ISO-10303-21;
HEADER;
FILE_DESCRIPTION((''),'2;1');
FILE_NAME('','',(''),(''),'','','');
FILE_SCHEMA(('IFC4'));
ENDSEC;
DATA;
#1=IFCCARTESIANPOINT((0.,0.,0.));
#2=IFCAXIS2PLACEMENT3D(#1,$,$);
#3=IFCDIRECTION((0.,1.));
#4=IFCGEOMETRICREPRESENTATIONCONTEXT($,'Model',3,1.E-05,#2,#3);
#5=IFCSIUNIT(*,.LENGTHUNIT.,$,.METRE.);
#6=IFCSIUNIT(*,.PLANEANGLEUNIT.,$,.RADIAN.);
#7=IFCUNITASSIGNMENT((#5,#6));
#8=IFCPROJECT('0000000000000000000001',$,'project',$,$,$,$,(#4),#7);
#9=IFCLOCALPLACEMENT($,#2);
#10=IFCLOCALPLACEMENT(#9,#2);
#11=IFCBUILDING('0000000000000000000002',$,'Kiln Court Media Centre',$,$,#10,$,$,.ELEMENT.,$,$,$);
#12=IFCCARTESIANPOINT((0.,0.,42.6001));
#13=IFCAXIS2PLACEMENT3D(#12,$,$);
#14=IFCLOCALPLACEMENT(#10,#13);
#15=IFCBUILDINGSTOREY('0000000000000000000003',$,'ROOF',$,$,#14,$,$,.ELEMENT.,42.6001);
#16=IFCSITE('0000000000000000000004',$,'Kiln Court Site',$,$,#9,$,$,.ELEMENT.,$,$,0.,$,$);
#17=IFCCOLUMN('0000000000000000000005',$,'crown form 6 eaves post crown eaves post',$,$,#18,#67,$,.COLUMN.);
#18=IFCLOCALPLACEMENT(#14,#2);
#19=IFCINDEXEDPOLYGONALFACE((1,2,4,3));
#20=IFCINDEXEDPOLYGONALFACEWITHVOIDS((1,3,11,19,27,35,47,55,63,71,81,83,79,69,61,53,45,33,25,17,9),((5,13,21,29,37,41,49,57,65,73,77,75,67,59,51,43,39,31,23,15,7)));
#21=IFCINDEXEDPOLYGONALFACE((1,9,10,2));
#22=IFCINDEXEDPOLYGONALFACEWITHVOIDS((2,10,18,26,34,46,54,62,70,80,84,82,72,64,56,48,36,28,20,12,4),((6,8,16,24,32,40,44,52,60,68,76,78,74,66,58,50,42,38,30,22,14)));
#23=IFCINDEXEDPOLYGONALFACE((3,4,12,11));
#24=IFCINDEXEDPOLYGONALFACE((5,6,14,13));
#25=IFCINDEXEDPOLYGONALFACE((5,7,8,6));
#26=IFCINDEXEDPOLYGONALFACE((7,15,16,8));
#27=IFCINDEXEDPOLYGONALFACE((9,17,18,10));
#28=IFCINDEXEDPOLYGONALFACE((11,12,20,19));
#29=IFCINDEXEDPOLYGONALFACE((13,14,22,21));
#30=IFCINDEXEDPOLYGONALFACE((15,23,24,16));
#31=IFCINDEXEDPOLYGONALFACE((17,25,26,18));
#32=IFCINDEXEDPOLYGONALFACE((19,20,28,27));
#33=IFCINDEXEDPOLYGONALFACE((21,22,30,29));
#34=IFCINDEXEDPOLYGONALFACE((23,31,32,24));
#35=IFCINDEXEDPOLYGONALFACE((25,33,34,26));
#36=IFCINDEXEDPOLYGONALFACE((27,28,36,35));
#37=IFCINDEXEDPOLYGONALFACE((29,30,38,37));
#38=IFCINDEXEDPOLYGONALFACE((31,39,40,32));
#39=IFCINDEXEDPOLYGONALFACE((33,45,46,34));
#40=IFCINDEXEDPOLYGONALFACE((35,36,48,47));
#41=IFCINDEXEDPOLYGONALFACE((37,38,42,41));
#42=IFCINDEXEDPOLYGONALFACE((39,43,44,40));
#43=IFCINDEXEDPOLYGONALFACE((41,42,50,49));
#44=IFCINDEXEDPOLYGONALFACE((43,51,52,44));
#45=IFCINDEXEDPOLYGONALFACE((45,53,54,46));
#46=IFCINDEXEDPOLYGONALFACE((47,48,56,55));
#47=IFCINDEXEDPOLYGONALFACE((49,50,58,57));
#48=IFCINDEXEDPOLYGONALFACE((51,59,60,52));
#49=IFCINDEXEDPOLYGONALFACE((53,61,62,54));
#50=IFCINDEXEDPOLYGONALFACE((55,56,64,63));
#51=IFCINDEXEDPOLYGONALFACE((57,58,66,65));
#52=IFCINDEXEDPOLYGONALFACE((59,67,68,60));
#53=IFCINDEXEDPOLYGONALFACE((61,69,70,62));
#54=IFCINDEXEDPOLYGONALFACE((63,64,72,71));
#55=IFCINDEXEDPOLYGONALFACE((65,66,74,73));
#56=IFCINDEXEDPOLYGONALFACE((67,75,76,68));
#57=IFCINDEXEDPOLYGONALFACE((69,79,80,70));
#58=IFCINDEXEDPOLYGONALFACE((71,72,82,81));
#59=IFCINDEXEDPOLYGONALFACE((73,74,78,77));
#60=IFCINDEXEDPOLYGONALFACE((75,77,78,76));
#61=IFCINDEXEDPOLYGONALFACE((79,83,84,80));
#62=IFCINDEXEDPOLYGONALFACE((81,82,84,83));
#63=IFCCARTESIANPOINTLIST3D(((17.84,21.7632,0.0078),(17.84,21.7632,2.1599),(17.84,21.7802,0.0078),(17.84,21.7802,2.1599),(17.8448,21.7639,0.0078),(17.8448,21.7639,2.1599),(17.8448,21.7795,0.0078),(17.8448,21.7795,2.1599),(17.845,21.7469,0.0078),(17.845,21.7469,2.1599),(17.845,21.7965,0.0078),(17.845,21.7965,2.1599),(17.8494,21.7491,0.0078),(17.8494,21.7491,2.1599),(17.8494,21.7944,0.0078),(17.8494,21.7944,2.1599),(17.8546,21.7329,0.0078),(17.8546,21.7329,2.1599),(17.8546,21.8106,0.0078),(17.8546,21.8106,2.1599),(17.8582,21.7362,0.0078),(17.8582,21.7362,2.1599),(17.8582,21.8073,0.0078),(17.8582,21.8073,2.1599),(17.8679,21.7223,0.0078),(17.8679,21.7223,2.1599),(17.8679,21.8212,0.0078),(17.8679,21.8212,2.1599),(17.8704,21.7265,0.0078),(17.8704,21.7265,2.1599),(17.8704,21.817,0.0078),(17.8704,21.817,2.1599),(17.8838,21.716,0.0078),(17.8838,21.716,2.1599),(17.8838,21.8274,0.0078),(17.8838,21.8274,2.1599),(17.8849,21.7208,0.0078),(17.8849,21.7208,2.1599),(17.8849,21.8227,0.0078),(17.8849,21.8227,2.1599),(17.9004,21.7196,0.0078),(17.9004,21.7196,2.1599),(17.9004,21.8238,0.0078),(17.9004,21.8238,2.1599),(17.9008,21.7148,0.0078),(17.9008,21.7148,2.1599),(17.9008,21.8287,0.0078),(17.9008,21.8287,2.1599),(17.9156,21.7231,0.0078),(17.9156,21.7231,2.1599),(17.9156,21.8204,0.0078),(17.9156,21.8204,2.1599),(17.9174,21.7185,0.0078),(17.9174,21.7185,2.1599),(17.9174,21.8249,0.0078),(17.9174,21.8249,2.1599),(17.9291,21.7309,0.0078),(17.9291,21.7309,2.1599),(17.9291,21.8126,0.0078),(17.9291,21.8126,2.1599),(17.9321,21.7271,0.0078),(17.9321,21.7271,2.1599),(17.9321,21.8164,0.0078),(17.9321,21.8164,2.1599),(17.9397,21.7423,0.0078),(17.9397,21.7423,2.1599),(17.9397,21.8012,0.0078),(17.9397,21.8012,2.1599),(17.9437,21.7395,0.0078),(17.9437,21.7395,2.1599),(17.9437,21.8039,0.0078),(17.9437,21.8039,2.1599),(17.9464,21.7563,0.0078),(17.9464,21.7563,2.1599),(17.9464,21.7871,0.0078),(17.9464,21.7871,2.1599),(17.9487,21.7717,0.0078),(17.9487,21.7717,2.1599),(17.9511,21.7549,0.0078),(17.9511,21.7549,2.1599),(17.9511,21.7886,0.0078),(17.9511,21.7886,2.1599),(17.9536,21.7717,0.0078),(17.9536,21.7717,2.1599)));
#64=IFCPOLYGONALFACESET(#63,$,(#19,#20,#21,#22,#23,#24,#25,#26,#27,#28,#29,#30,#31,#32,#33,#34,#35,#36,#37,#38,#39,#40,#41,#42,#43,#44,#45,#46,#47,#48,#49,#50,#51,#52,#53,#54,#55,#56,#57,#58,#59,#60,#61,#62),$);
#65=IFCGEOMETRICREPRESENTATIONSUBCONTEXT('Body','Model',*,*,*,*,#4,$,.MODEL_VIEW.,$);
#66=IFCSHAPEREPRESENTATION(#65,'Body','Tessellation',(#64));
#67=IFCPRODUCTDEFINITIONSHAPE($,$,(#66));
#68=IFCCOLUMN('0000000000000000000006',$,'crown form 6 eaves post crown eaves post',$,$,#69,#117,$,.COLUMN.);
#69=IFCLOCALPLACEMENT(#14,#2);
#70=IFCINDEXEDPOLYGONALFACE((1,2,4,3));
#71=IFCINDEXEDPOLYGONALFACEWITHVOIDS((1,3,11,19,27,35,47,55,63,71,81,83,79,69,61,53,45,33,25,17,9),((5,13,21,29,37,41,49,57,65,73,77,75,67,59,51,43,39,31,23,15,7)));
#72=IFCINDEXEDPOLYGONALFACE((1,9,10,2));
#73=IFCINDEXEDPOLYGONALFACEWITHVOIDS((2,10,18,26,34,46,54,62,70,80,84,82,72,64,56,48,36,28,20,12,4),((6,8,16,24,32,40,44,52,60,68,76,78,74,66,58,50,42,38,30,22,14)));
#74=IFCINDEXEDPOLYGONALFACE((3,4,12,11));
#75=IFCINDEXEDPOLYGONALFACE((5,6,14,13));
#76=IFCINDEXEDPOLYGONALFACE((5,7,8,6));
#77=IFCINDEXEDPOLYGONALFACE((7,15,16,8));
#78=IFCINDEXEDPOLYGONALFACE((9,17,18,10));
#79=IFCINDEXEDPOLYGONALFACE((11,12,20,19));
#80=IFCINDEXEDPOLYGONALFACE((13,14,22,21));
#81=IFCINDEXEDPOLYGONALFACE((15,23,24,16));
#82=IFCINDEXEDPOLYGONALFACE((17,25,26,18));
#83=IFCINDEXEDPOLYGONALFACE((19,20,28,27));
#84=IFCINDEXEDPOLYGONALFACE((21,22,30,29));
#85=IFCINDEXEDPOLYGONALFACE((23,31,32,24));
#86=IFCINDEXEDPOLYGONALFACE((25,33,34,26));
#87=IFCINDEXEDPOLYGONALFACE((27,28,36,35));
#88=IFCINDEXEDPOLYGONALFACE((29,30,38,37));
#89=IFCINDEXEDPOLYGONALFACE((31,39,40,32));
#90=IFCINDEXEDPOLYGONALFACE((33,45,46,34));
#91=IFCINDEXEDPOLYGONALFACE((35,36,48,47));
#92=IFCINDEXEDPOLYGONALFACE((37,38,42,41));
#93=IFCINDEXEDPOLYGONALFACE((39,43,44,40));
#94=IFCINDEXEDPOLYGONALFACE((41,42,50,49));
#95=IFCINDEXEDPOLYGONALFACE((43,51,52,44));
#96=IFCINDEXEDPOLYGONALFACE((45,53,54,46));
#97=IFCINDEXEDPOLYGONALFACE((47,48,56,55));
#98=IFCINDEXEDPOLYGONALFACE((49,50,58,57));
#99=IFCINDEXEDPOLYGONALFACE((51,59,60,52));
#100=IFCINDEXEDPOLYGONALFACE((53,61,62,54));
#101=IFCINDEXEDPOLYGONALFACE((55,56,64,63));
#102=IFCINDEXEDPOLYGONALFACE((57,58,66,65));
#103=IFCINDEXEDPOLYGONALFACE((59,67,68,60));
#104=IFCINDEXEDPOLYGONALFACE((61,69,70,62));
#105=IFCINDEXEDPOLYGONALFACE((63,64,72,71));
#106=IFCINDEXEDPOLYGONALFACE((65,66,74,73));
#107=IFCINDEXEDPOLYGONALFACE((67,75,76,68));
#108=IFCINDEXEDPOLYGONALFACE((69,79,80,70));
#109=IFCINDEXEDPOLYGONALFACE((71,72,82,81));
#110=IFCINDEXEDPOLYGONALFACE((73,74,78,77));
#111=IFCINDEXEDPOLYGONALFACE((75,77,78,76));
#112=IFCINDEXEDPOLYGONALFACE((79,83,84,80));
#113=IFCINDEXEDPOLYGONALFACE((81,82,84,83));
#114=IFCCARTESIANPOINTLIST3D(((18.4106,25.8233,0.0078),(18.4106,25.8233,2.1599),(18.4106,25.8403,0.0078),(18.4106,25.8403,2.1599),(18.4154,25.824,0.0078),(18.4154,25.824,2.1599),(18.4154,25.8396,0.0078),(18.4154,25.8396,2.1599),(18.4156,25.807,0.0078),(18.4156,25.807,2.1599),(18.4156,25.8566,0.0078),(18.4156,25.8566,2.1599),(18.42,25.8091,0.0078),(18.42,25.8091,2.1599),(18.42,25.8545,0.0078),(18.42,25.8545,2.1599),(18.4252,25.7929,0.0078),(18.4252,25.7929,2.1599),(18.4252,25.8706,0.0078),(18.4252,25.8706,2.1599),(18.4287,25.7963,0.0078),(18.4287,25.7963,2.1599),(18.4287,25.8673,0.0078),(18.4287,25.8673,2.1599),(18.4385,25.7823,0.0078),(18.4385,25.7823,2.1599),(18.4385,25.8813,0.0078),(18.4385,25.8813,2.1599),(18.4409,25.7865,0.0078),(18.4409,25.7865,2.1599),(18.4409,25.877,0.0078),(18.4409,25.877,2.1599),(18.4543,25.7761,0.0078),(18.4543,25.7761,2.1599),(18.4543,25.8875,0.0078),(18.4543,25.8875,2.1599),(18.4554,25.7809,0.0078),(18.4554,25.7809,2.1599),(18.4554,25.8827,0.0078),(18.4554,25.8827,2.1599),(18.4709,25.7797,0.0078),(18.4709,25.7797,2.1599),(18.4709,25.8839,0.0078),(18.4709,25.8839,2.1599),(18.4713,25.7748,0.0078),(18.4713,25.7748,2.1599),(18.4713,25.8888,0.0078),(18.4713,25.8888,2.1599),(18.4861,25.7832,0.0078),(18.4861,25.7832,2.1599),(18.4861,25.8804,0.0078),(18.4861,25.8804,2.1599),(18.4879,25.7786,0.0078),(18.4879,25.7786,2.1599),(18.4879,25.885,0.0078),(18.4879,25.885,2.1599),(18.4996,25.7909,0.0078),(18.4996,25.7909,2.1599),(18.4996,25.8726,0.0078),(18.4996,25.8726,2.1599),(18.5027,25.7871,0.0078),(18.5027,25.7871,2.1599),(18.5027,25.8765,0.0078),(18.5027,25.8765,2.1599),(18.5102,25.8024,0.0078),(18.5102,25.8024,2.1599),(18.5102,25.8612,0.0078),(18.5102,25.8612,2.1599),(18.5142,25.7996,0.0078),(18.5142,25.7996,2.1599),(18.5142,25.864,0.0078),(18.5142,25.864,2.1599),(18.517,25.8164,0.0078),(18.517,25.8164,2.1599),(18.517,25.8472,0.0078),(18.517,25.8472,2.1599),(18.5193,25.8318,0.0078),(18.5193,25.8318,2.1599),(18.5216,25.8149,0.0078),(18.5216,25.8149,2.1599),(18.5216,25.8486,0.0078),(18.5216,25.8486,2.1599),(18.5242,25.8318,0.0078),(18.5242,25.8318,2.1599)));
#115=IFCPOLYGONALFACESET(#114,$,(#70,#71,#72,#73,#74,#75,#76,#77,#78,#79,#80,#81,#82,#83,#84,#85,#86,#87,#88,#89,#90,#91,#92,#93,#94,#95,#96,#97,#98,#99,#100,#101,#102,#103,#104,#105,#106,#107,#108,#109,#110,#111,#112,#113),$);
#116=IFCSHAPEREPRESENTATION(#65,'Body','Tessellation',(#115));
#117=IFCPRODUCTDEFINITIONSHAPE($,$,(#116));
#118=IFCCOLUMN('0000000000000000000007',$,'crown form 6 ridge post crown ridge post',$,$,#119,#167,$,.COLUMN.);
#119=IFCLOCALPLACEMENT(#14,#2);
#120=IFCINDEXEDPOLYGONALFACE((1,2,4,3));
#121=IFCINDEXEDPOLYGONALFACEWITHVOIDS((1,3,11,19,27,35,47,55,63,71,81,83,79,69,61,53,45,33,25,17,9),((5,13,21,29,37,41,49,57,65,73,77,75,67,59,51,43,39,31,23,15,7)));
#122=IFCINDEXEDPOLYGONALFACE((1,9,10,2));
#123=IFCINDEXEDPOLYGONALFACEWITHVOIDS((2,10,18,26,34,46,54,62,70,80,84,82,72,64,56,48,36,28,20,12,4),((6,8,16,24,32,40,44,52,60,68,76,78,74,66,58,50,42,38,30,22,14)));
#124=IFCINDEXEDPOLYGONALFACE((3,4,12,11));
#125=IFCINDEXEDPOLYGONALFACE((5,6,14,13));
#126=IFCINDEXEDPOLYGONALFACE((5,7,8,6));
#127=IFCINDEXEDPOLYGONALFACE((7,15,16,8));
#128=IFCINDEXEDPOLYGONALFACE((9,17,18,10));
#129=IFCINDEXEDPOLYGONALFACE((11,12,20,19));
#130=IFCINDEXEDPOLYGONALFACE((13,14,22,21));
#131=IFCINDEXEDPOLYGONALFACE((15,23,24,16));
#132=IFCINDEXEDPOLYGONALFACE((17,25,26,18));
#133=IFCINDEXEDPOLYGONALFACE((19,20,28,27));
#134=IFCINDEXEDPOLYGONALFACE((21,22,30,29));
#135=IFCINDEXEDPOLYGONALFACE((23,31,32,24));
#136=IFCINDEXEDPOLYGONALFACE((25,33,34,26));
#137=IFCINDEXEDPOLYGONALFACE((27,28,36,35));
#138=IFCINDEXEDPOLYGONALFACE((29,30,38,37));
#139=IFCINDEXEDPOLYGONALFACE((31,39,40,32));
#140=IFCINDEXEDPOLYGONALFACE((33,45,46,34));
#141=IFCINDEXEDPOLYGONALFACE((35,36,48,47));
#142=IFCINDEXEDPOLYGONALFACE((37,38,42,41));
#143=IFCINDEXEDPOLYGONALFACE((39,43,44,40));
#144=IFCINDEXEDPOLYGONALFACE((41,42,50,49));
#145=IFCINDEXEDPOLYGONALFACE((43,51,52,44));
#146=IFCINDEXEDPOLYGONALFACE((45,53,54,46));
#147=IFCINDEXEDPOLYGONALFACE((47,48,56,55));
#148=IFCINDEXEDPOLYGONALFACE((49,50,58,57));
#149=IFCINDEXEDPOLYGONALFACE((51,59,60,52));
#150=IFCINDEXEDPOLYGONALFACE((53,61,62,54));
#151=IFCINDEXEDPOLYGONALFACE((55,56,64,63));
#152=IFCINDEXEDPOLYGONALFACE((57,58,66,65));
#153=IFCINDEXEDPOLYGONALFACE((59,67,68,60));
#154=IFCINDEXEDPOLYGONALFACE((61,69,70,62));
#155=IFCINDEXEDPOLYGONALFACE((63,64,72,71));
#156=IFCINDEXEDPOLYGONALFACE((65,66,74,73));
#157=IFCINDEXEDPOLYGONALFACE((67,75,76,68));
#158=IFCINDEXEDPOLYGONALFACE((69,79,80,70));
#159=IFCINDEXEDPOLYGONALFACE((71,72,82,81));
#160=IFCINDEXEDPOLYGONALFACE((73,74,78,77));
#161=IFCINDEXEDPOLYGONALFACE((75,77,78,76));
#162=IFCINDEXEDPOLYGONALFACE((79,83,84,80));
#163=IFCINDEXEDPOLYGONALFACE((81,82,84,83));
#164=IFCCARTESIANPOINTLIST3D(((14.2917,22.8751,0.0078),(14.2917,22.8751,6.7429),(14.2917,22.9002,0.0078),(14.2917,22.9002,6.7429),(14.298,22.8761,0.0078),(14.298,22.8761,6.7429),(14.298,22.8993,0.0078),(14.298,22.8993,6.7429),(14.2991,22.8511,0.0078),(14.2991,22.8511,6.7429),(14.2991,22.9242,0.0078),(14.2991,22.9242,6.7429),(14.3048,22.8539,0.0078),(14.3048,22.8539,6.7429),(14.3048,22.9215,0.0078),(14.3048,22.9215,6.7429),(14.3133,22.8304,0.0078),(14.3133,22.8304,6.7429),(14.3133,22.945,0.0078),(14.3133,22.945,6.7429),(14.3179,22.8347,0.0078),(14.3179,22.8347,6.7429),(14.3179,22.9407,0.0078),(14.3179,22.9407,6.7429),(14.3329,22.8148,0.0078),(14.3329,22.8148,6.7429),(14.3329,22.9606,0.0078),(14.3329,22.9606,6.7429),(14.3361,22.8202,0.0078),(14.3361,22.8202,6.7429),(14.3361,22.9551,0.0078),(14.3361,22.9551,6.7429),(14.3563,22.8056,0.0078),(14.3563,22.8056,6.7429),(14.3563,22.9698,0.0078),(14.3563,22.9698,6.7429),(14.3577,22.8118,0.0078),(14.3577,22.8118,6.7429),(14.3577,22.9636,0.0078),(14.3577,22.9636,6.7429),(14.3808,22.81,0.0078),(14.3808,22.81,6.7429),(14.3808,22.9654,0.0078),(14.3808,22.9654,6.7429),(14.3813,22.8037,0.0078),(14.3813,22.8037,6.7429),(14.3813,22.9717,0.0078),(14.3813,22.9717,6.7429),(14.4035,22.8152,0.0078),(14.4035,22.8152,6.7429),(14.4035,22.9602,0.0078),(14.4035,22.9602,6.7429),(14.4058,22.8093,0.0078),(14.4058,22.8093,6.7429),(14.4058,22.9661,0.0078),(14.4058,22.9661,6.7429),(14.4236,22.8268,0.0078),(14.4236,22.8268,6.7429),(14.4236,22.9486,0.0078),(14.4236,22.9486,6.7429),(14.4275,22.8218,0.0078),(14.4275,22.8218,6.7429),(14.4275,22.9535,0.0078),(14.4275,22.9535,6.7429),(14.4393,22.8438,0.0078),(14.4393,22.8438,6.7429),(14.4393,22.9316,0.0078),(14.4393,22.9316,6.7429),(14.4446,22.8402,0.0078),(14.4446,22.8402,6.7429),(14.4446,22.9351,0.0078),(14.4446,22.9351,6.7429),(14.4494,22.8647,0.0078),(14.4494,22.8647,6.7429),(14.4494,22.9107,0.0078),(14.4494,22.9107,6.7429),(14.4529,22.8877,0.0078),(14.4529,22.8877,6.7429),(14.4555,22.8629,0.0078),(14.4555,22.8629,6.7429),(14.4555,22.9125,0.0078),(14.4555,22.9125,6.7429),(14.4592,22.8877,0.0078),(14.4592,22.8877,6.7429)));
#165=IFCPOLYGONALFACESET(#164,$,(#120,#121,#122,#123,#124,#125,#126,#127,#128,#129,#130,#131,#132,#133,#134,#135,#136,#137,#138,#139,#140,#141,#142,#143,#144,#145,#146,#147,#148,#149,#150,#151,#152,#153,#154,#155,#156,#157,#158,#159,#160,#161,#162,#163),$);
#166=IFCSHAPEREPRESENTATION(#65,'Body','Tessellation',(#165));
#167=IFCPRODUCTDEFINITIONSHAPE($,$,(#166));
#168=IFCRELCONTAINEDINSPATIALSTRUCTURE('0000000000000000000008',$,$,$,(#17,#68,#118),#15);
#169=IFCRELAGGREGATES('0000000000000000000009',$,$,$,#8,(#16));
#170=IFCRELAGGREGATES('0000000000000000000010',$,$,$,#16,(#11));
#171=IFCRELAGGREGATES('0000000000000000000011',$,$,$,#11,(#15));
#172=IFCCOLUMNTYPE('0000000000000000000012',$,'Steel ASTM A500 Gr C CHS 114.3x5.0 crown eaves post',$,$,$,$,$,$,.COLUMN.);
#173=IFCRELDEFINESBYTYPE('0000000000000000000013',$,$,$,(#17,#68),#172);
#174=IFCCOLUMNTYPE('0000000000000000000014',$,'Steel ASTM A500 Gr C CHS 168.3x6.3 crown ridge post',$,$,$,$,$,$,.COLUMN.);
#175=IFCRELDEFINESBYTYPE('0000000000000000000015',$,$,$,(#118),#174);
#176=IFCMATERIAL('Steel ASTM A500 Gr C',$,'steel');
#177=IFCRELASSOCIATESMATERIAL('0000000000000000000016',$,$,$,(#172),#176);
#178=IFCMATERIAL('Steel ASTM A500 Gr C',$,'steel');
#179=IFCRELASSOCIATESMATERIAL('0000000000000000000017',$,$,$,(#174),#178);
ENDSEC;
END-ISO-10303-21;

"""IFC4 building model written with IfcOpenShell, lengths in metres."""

from ifc_helpers import new_model, si_unit, direction, frame, origin, origin_2d, place, context, subcontext, project, spatial, hollow_circle, extrude, material, material_profile, profile_set, type_object, element, save


model = new_model("IFC4")

# Units and contexts
model_context = context("Model", 3, precision=1e-05, world=origin(), true_north=direction((0.0, 1.0)))
body_context = subcontext(model_context, "Body", "Model", "MODEL_VIEW")
ifc_project = project(units=[si_unit("LENGTHUNIT", "METRE"), si_unit("PLANEANGLEUNIT", "RADIAN")], contexts=[model_context])

# Site, building, storey
site_placement = place(None, origin())
site = spatial("IfcSite", under=ifc_project, at=site_placement, Name="Kiln Court Site", CompositionType="ELEMENT", RefElevation=0.0)
building_placement = place(site_placement, origin())
building = spatial("IfcBuilding", under=site, at=building_placement, Name="Kiln Court Media Centre", CompositionType="ELEMENT")
storey_placement = place(building_placement, frame((0.0, 0.0, 42.6001)))
storey = spatial("IfcBuildingStorey", under=building, at=storey_placement, Name="ROOF", CompositionType="ELEMENT", Elevation=42.6001)

# Columns
ifc_material_1 = material(Name="Steel ASTM A500 Gr C", Category="steel")
ifc_material_profile_1 = material_profile(ifc_material_1, hollow_circle(Radius=0.0571, WallThickness=0.0049, at=origin_2d()), Name="CHS 114.3x5.0")
ifc_profile_set_1 = profile_set([ifc_material_profile_1], Name="Steel ASTM A500 Gr C")
column_type_1 = type_object("IfcColumnType", Name="Steel ASTM A500 Gr C CHS 114.3x5.0 crown eaves post", PredefinedType="COLUMN", material=ifc_profile_set_1)
for number, where, z_axis, x_axis, name in (
    (1, (17.8965, 21.7717, 0.0078), (0.0, 0.0, 1.0), (1.0, 0.0, 0.0), "crown form 6 eaves post crown eaves post"),
    (2, (18.467, 25.8318, 0.0078), (0.0, 0.0, 1.0), (1.0, 0.0, 0.0), "crown form 6 eaves post crown eaves post"),
):
    element("IfcColumn", number, at=place(storey_placement, frame(where, z_axis=z_axis, x_axis=x_axis)), inside=storey, type_object=column_type_1, Name=name, PredefinedType="COLUMN", context=body_context, shape_type="SweptSolid", body=[
        extrude(hollow_circle(Radius=0.0571, WallThickness=0.0049, at=origin_2d()), origin(), (0.0, 0.0, 1.0), 2.1521),
    ])
ifc_material_2 = material(Name="Steel ASTM A500 Gr C", Category="steel")
ifc_material_profile_2 = material_profile(ifc_material_2, hollow_circle(Radius=0.0842, WallThickness=0.0063, at=origin_2d()), Name="CHS 168.3x6.3")
ifc_profile_set_2 = profile_set([ifc_material_profile_2], Name="Steel ASTM A500 Gr C")
column_type_2 = type_object("IfcColumnType", Name="Steel ASTM A500 Gr C CHS 168.3x6.3 crown ridge post", PredefinedType="COLUMN", material=ifc_profile_set_2)
for number, where, z_axis, x_axis, name in (
    (3, (14.375, 22.8877, 0.0078), (0.0, 0.0, 1.0), (1.0, 0.0, 0.0), "crown form 6 ridge post crown ridge post"),
):
    element("IfcColumn", number, at=place(storey_placement, frame(where, z_axis=z_axis, x_axis=x_axis)), inside=storey, type_object=column_type_2, Name=name, PredefinedType="COLUMN", context=body_context, shape_type="SweptSolid", body=[
        extrude(hollow_circle(Radius=0.0842, WallThickness=0.0063, at=origin_2d()), origin(), (0.0, 0.0, 1.0), 6.7351),
    ])

save(model, "model.ifc")
